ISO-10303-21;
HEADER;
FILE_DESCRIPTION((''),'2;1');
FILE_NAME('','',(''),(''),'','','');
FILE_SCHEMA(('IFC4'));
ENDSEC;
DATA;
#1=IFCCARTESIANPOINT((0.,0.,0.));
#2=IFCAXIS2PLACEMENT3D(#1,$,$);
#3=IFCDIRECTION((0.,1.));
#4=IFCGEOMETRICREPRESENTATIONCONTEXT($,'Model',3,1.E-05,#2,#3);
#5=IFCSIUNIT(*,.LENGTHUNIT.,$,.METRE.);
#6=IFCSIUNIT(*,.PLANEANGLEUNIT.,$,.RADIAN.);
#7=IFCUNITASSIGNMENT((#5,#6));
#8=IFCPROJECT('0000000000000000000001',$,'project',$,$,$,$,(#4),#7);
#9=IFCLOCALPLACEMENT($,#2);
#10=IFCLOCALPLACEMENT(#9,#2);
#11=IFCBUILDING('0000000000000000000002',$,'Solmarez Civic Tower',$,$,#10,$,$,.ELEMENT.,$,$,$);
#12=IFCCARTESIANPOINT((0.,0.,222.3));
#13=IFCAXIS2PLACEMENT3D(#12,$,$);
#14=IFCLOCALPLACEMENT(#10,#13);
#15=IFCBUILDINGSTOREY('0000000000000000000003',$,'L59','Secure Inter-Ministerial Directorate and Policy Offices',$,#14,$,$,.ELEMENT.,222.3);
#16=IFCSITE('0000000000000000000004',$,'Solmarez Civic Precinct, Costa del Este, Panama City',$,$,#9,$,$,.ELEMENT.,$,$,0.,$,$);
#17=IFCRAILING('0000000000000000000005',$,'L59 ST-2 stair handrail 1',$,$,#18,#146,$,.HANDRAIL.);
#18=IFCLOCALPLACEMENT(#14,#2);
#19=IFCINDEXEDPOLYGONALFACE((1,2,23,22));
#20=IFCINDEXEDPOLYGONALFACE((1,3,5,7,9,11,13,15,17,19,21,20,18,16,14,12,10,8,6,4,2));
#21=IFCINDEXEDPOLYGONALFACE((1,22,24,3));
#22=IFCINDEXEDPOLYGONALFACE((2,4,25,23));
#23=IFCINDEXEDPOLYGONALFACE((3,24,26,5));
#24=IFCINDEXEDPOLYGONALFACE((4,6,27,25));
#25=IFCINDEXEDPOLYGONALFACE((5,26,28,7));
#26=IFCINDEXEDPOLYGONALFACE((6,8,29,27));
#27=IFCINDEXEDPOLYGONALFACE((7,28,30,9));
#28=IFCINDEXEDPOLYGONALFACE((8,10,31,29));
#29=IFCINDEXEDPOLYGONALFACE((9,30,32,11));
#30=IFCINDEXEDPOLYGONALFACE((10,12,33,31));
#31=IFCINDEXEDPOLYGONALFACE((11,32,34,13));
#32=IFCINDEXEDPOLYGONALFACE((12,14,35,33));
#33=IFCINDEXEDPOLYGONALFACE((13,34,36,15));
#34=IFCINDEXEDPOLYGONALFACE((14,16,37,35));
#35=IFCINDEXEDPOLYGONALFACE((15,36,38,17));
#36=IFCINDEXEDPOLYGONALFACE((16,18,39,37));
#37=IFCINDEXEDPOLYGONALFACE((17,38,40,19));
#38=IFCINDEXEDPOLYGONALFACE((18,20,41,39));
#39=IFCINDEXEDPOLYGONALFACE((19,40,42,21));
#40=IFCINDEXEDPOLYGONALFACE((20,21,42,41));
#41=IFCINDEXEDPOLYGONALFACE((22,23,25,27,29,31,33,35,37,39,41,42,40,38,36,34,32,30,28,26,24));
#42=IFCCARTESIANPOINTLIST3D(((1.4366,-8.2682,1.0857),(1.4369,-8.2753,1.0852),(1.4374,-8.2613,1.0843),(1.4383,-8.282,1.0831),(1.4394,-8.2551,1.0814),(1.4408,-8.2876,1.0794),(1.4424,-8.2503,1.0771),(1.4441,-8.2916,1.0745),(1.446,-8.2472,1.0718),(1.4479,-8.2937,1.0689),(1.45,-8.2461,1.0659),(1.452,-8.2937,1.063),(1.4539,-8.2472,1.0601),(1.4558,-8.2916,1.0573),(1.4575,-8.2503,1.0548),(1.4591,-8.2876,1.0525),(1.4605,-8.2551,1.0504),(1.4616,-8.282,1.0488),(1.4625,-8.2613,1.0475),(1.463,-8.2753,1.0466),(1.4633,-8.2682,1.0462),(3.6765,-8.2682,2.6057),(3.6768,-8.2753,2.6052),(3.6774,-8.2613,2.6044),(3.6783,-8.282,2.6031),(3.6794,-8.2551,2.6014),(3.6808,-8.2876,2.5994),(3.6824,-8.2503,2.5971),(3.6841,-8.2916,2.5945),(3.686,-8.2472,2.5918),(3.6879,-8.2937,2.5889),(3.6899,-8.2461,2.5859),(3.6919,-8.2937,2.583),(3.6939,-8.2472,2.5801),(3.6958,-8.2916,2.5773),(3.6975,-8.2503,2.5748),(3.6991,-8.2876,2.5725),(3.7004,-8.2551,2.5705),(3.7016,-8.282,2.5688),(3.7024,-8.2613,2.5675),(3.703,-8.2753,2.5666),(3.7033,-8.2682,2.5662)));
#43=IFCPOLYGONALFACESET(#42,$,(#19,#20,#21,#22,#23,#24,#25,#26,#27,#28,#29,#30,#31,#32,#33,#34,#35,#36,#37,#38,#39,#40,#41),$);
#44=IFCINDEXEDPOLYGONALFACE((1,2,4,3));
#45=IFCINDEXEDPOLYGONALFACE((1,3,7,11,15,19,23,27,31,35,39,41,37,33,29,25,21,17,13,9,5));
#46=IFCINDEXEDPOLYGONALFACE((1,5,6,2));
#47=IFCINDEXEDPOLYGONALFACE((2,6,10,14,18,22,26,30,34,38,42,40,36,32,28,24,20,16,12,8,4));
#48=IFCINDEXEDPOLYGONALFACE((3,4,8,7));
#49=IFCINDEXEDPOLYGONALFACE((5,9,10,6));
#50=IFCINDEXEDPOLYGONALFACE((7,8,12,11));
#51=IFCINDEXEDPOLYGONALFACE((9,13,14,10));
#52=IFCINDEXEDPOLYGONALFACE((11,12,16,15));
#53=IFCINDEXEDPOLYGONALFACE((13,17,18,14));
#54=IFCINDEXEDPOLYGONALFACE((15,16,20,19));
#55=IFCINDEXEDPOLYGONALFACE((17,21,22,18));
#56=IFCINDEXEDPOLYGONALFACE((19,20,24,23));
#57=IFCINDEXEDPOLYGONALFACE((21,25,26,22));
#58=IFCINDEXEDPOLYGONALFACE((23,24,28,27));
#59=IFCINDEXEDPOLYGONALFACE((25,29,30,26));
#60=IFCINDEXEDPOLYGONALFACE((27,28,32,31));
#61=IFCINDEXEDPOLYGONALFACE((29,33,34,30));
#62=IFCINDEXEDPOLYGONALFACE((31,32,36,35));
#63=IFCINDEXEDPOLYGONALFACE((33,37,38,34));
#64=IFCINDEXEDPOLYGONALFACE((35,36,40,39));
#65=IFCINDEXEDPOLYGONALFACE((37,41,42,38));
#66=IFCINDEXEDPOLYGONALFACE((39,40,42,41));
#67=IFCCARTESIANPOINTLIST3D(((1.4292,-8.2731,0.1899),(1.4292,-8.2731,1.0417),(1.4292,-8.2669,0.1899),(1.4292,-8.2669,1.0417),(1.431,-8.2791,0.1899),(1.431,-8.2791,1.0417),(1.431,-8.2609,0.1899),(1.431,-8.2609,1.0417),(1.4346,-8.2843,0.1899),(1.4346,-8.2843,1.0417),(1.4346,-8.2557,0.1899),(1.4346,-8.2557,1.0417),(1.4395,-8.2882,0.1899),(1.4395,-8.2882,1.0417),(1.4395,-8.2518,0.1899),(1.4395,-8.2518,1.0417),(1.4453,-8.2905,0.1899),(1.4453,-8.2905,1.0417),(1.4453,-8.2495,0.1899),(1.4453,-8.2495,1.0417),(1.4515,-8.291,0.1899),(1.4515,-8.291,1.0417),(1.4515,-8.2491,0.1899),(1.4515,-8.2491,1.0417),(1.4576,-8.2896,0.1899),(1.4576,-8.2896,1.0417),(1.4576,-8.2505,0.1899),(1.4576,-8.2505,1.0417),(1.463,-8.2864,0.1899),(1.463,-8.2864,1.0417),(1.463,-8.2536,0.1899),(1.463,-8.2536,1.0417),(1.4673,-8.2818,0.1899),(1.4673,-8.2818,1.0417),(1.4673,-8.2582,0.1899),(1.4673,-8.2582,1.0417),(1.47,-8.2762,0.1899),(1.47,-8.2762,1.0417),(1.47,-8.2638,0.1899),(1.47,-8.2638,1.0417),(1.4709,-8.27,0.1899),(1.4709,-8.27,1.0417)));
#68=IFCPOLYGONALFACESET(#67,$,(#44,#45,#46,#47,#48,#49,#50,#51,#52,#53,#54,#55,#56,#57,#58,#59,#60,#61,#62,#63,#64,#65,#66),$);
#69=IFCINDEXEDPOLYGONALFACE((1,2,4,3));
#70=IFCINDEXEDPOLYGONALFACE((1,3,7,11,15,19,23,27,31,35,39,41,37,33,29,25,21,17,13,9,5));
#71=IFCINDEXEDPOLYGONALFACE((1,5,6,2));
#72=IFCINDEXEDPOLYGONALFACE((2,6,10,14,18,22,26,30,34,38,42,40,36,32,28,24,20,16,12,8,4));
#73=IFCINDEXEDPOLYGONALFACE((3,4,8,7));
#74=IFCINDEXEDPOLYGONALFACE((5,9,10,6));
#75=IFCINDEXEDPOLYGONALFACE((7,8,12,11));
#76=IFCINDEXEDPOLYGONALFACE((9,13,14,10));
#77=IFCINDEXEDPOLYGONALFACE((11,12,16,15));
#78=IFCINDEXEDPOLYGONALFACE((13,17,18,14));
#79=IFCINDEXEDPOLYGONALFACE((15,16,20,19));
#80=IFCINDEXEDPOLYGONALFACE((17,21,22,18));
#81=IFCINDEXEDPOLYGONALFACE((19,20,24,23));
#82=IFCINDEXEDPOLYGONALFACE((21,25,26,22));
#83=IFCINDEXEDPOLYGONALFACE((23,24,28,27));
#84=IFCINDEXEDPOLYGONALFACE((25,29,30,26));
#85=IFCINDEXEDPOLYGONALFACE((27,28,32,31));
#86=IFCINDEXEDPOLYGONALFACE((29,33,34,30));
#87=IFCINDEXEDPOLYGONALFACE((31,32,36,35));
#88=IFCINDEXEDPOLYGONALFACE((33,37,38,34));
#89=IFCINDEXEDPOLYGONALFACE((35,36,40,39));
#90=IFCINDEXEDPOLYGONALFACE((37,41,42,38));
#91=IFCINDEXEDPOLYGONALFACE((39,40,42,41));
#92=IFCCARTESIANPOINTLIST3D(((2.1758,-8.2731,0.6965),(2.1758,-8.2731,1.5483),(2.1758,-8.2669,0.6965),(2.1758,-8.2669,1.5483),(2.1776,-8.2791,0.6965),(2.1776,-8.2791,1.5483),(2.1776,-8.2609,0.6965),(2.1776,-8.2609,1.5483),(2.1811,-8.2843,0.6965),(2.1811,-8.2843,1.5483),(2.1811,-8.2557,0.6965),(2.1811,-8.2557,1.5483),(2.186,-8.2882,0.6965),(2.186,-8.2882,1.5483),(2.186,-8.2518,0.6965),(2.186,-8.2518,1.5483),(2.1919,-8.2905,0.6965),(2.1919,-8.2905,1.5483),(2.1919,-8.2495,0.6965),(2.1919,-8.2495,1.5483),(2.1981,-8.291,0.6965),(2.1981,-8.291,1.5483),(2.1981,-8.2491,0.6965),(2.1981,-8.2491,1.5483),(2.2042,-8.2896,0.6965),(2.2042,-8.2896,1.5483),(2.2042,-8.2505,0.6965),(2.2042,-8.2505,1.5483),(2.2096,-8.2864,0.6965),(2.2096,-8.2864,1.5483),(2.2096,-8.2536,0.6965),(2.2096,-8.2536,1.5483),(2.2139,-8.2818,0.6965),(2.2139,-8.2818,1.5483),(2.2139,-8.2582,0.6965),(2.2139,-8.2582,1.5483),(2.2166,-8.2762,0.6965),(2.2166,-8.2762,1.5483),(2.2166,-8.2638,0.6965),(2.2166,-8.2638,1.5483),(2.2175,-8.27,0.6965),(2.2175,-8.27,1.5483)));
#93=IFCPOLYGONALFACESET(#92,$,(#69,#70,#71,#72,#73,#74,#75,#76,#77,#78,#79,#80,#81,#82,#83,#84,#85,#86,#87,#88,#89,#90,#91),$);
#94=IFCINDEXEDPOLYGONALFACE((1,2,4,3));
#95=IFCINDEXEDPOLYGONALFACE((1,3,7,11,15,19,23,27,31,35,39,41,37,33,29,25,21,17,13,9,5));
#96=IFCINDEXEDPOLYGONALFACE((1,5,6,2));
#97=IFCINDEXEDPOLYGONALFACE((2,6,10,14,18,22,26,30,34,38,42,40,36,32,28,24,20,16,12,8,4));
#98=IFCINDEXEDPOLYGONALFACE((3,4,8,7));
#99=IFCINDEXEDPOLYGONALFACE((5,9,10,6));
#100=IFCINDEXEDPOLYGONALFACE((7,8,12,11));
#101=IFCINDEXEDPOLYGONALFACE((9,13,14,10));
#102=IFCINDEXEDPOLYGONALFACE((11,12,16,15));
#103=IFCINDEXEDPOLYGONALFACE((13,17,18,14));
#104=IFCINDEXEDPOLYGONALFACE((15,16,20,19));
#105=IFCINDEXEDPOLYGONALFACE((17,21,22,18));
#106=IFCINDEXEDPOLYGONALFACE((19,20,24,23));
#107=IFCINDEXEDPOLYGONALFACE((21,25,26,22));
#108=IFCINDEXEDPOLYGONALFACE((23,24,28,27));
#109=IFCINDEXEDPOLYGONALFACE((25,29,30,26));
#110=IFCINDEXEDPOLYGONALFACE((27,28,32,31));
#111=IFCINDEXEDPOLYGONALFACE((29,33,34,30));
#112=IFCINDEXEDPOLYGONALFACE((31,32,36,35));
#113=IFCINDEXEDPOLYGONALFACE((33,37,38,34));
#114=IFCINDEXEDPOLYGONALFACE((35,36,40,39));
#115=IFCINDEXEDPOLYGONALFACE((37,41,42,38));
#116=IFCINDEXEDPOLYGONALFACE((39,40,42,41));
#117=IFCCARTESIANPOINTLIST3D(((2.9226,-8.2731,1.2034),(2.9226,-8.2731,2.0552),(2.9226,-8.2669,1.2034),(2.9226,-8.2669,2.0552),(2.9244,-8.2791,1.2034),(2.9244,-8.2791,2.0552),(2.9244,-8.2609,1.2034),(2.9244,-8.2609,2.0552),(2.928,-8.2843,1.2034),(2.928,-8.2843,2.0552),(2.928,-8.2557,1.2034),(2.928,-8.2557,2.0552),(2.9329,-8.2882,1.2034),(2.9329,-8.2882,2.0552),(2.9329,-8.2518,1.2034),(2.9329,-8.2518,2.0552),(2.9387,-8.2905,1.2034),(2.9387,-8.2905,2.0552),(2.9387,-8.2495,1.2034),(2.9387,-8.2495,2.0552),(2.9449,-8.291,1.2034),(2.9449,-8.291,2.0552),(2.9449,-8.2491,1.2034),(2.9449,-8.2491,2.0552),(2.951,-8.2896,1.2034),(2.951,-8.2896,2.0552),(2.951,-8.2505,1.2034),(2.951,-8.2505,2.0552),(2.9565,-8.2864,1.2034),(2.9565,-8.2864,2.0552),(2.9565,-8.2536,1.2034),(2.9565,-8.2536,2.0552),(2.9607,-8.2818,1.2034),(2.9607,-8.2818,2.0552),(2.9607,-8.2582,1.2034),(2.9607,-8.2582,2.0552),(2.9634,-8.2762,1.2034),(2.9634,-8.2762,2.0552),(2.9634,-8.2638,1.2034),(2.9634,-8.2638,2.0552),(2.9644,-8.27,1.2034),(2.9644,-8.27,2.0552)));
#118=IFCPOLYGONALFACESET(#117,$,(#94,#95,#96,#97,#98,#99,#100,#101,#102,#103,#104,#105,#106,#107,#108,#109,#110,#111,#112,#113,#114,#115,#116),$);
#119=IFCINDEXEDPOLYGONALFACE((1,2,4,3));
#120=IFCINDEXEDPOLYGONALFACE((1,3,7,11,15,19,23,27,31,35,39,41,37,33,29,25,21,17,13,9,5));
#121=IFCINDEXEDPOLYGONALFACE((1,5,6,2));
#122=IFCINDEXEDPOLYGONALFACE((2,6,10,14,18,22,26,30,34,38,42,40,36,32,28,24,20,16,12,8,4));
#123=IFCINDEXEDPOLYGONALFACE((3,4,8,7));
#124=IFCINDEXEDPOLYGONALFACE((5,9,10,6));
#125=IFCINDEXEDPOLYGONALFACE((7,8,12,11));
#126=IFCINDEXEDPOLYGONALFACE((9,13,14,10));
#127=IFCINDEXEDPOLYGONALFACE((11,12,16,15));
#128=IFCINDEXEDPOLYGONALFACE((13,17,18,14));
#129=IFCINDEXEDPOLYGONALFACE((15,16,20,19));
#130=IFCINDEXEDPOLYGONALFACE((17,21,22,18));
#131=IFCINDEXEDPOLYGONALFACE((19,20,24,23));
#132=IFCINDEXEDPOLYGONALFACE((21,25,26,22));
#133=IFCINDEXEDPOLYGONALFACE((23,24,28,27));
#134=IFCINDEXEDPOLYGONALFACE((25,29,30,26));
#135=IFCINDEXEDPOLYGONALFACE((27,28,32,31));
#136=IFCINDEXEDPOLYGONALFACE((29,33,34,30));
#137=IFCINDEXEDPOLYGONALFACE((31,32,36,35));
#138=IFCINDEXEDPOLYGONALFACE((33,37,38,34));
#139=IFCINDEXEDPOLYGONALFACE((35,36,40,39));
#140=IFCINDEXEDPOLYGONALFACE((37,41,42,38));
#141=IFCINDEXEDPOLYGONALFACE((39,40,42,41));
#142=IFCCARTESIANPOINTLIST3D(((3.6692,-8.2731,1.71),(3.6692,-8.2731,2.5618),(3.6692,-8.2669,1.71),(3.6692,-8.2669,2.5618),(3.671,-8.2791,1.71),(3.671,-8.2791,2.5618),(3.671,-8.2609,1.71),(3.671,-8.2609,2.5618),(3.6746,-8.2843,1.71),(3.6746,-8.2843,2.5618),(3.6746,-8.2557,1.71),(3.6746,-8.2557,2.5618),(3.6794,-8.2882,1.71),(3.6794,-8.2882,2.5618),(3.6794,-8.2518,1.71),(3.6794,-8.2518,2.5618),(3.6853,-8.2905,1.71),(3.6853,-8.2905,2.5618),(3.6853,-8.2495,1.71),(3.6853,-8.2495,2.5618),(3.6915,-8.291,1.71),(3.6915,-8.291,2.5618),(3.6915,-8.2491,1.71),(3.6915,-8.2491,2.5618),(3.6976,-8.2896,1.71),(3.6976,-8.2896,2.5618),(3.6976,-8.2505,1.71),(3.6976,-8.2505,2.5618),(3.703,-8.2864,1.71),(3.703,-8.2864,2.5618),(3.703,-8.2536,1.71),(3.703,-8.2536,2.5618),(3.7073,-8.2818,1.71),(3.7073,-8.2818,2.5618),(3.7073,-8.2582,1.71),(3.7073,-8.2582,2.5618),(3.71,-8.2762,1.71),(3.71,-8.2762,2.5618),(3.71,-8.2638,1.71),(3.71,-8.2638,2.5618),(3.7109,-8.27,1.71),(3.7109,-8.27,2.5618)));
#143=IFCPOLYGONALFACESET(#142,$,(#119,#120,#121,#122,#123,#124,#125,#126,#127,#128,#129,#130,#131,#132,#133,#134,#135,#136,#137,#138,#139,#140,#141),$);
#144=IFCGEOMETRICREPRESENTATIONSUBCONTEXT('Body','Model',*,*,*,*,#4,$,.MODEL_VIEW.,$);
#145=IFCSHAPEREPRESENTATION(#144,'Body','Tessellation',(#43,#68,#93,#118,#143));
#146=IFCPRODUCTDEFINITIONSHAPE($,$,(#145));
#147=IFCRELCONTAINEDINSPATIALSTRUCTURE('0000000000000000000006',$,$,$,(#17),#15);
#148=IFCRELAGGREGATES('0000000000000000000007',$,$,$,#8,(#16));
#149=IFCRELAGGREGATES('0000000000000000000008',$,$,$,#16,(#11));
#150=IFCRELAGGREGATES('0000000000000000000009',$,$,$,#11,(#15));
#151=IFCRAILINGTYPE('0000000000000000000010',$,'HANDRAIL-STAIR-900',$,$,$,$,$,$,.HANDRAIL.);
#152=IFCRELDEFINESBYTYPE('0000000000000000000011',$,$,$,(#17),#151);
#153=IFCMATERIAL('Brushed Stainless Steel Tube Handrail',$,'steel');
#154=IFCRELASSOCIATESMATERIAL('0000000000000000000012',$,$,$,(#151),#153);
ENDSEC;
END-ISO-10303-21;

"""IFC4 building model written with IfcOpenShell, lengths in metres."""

from ifc_helpers import new_model, si_unit, direction, frame, origin, origin_2d, place, context, subcontext, project, spatial, circle, extrude, material, type_object, element, save


model = new_model("IFC4")

# Units and contexts
model_context = context("Model", 3, precision=1e-05, world=origin(), true_north=direction((0.0, 1.0)))
body_context = subcontext(model_context, "Body", "Model", "MODEL_VIEW")
ifc_project = project(units=[si_unit("LENGTHUNIT", "METRE"), si_unit("PLANEANGLEUNIT", "RADIAN")], contexts=[model_context])

# Site, building, storey
site_placement = place(None, origin())
site = spatial("IfcSite", under=ifc_project, at=site_placement, Name="Solmarez Civic Precinct, Costa del Este, Panama City", CompositionType="ELEMENT", RefElevation=0.0)
building_placement = place(site_placement, origin())
building = spatial("IfcBuilding", under=site, at=building_placement, Name="Solmarez Civic Tower", CompositionType="ELEMENT")
storey_placement = place(building_placement, frame((0.0, 0.0, 222.3)))
storey = spatial("IfcBuildingStorey", under=building, at=storey_placement, Name="L59", Description="Secure Inter-Ministerial Directorate and Policy Offices", CompositionType="ELEMENT", Elevation=222.3)

# Railing
ifc_material_1 = material(Name="Brushed Stainless Steel Tube Handrail", Category="steel")
railing_type_1 = type_object("IfcRailingType", Name="HANDRAIL-STAIR-900", PredefinedType="HANDRAIL", material=ifc_material_1)
railing_1_placement = place(storey_placement, frame((1.45, -8.27, 0.1899)))
element("IfcRailing", 1, at=railing_1_placement, inside=storey, type_object=railing_type_1, Name="L59 ST-2 stair handrail 1", PredefinedType="HANDRAIL", context=body_context, shape_type="SweptSolid", body=[
    extrude(circle(Radius=0.0239, at=origin_2d()), frame((0.0, 0.0, 0.876), z_axis=(0.827471, 0.0, 0.561508), x_axis=(0.0, 1.0, 0.0)), (0.0, 0.0, 1.0), 2.707),
    extrude(circle(Radius=0.021, at=origin_2d()), origin(), (0.0, 0.0, 1.0), 0.8518),
    extrude(circle(Radius=0.021, at=origin_2d()), frame((0.7466, 0.0, 0.5066)), (0.0, 0.0, 1.0), 0.8518),
    extrude(circle(Radius=0.021, at=origin_2d()), frame((1.4934, 0.0, 1.0134)), (0.0, 0.0, 1.0), 0.8518),
    extrude(circle(Radius=0.021, at=origin_2d()), frame((2.24, 0.0, 1.52)), (0.0, 0.0, 1.0), 0.8518),
])

save(model, "model.ifc")
